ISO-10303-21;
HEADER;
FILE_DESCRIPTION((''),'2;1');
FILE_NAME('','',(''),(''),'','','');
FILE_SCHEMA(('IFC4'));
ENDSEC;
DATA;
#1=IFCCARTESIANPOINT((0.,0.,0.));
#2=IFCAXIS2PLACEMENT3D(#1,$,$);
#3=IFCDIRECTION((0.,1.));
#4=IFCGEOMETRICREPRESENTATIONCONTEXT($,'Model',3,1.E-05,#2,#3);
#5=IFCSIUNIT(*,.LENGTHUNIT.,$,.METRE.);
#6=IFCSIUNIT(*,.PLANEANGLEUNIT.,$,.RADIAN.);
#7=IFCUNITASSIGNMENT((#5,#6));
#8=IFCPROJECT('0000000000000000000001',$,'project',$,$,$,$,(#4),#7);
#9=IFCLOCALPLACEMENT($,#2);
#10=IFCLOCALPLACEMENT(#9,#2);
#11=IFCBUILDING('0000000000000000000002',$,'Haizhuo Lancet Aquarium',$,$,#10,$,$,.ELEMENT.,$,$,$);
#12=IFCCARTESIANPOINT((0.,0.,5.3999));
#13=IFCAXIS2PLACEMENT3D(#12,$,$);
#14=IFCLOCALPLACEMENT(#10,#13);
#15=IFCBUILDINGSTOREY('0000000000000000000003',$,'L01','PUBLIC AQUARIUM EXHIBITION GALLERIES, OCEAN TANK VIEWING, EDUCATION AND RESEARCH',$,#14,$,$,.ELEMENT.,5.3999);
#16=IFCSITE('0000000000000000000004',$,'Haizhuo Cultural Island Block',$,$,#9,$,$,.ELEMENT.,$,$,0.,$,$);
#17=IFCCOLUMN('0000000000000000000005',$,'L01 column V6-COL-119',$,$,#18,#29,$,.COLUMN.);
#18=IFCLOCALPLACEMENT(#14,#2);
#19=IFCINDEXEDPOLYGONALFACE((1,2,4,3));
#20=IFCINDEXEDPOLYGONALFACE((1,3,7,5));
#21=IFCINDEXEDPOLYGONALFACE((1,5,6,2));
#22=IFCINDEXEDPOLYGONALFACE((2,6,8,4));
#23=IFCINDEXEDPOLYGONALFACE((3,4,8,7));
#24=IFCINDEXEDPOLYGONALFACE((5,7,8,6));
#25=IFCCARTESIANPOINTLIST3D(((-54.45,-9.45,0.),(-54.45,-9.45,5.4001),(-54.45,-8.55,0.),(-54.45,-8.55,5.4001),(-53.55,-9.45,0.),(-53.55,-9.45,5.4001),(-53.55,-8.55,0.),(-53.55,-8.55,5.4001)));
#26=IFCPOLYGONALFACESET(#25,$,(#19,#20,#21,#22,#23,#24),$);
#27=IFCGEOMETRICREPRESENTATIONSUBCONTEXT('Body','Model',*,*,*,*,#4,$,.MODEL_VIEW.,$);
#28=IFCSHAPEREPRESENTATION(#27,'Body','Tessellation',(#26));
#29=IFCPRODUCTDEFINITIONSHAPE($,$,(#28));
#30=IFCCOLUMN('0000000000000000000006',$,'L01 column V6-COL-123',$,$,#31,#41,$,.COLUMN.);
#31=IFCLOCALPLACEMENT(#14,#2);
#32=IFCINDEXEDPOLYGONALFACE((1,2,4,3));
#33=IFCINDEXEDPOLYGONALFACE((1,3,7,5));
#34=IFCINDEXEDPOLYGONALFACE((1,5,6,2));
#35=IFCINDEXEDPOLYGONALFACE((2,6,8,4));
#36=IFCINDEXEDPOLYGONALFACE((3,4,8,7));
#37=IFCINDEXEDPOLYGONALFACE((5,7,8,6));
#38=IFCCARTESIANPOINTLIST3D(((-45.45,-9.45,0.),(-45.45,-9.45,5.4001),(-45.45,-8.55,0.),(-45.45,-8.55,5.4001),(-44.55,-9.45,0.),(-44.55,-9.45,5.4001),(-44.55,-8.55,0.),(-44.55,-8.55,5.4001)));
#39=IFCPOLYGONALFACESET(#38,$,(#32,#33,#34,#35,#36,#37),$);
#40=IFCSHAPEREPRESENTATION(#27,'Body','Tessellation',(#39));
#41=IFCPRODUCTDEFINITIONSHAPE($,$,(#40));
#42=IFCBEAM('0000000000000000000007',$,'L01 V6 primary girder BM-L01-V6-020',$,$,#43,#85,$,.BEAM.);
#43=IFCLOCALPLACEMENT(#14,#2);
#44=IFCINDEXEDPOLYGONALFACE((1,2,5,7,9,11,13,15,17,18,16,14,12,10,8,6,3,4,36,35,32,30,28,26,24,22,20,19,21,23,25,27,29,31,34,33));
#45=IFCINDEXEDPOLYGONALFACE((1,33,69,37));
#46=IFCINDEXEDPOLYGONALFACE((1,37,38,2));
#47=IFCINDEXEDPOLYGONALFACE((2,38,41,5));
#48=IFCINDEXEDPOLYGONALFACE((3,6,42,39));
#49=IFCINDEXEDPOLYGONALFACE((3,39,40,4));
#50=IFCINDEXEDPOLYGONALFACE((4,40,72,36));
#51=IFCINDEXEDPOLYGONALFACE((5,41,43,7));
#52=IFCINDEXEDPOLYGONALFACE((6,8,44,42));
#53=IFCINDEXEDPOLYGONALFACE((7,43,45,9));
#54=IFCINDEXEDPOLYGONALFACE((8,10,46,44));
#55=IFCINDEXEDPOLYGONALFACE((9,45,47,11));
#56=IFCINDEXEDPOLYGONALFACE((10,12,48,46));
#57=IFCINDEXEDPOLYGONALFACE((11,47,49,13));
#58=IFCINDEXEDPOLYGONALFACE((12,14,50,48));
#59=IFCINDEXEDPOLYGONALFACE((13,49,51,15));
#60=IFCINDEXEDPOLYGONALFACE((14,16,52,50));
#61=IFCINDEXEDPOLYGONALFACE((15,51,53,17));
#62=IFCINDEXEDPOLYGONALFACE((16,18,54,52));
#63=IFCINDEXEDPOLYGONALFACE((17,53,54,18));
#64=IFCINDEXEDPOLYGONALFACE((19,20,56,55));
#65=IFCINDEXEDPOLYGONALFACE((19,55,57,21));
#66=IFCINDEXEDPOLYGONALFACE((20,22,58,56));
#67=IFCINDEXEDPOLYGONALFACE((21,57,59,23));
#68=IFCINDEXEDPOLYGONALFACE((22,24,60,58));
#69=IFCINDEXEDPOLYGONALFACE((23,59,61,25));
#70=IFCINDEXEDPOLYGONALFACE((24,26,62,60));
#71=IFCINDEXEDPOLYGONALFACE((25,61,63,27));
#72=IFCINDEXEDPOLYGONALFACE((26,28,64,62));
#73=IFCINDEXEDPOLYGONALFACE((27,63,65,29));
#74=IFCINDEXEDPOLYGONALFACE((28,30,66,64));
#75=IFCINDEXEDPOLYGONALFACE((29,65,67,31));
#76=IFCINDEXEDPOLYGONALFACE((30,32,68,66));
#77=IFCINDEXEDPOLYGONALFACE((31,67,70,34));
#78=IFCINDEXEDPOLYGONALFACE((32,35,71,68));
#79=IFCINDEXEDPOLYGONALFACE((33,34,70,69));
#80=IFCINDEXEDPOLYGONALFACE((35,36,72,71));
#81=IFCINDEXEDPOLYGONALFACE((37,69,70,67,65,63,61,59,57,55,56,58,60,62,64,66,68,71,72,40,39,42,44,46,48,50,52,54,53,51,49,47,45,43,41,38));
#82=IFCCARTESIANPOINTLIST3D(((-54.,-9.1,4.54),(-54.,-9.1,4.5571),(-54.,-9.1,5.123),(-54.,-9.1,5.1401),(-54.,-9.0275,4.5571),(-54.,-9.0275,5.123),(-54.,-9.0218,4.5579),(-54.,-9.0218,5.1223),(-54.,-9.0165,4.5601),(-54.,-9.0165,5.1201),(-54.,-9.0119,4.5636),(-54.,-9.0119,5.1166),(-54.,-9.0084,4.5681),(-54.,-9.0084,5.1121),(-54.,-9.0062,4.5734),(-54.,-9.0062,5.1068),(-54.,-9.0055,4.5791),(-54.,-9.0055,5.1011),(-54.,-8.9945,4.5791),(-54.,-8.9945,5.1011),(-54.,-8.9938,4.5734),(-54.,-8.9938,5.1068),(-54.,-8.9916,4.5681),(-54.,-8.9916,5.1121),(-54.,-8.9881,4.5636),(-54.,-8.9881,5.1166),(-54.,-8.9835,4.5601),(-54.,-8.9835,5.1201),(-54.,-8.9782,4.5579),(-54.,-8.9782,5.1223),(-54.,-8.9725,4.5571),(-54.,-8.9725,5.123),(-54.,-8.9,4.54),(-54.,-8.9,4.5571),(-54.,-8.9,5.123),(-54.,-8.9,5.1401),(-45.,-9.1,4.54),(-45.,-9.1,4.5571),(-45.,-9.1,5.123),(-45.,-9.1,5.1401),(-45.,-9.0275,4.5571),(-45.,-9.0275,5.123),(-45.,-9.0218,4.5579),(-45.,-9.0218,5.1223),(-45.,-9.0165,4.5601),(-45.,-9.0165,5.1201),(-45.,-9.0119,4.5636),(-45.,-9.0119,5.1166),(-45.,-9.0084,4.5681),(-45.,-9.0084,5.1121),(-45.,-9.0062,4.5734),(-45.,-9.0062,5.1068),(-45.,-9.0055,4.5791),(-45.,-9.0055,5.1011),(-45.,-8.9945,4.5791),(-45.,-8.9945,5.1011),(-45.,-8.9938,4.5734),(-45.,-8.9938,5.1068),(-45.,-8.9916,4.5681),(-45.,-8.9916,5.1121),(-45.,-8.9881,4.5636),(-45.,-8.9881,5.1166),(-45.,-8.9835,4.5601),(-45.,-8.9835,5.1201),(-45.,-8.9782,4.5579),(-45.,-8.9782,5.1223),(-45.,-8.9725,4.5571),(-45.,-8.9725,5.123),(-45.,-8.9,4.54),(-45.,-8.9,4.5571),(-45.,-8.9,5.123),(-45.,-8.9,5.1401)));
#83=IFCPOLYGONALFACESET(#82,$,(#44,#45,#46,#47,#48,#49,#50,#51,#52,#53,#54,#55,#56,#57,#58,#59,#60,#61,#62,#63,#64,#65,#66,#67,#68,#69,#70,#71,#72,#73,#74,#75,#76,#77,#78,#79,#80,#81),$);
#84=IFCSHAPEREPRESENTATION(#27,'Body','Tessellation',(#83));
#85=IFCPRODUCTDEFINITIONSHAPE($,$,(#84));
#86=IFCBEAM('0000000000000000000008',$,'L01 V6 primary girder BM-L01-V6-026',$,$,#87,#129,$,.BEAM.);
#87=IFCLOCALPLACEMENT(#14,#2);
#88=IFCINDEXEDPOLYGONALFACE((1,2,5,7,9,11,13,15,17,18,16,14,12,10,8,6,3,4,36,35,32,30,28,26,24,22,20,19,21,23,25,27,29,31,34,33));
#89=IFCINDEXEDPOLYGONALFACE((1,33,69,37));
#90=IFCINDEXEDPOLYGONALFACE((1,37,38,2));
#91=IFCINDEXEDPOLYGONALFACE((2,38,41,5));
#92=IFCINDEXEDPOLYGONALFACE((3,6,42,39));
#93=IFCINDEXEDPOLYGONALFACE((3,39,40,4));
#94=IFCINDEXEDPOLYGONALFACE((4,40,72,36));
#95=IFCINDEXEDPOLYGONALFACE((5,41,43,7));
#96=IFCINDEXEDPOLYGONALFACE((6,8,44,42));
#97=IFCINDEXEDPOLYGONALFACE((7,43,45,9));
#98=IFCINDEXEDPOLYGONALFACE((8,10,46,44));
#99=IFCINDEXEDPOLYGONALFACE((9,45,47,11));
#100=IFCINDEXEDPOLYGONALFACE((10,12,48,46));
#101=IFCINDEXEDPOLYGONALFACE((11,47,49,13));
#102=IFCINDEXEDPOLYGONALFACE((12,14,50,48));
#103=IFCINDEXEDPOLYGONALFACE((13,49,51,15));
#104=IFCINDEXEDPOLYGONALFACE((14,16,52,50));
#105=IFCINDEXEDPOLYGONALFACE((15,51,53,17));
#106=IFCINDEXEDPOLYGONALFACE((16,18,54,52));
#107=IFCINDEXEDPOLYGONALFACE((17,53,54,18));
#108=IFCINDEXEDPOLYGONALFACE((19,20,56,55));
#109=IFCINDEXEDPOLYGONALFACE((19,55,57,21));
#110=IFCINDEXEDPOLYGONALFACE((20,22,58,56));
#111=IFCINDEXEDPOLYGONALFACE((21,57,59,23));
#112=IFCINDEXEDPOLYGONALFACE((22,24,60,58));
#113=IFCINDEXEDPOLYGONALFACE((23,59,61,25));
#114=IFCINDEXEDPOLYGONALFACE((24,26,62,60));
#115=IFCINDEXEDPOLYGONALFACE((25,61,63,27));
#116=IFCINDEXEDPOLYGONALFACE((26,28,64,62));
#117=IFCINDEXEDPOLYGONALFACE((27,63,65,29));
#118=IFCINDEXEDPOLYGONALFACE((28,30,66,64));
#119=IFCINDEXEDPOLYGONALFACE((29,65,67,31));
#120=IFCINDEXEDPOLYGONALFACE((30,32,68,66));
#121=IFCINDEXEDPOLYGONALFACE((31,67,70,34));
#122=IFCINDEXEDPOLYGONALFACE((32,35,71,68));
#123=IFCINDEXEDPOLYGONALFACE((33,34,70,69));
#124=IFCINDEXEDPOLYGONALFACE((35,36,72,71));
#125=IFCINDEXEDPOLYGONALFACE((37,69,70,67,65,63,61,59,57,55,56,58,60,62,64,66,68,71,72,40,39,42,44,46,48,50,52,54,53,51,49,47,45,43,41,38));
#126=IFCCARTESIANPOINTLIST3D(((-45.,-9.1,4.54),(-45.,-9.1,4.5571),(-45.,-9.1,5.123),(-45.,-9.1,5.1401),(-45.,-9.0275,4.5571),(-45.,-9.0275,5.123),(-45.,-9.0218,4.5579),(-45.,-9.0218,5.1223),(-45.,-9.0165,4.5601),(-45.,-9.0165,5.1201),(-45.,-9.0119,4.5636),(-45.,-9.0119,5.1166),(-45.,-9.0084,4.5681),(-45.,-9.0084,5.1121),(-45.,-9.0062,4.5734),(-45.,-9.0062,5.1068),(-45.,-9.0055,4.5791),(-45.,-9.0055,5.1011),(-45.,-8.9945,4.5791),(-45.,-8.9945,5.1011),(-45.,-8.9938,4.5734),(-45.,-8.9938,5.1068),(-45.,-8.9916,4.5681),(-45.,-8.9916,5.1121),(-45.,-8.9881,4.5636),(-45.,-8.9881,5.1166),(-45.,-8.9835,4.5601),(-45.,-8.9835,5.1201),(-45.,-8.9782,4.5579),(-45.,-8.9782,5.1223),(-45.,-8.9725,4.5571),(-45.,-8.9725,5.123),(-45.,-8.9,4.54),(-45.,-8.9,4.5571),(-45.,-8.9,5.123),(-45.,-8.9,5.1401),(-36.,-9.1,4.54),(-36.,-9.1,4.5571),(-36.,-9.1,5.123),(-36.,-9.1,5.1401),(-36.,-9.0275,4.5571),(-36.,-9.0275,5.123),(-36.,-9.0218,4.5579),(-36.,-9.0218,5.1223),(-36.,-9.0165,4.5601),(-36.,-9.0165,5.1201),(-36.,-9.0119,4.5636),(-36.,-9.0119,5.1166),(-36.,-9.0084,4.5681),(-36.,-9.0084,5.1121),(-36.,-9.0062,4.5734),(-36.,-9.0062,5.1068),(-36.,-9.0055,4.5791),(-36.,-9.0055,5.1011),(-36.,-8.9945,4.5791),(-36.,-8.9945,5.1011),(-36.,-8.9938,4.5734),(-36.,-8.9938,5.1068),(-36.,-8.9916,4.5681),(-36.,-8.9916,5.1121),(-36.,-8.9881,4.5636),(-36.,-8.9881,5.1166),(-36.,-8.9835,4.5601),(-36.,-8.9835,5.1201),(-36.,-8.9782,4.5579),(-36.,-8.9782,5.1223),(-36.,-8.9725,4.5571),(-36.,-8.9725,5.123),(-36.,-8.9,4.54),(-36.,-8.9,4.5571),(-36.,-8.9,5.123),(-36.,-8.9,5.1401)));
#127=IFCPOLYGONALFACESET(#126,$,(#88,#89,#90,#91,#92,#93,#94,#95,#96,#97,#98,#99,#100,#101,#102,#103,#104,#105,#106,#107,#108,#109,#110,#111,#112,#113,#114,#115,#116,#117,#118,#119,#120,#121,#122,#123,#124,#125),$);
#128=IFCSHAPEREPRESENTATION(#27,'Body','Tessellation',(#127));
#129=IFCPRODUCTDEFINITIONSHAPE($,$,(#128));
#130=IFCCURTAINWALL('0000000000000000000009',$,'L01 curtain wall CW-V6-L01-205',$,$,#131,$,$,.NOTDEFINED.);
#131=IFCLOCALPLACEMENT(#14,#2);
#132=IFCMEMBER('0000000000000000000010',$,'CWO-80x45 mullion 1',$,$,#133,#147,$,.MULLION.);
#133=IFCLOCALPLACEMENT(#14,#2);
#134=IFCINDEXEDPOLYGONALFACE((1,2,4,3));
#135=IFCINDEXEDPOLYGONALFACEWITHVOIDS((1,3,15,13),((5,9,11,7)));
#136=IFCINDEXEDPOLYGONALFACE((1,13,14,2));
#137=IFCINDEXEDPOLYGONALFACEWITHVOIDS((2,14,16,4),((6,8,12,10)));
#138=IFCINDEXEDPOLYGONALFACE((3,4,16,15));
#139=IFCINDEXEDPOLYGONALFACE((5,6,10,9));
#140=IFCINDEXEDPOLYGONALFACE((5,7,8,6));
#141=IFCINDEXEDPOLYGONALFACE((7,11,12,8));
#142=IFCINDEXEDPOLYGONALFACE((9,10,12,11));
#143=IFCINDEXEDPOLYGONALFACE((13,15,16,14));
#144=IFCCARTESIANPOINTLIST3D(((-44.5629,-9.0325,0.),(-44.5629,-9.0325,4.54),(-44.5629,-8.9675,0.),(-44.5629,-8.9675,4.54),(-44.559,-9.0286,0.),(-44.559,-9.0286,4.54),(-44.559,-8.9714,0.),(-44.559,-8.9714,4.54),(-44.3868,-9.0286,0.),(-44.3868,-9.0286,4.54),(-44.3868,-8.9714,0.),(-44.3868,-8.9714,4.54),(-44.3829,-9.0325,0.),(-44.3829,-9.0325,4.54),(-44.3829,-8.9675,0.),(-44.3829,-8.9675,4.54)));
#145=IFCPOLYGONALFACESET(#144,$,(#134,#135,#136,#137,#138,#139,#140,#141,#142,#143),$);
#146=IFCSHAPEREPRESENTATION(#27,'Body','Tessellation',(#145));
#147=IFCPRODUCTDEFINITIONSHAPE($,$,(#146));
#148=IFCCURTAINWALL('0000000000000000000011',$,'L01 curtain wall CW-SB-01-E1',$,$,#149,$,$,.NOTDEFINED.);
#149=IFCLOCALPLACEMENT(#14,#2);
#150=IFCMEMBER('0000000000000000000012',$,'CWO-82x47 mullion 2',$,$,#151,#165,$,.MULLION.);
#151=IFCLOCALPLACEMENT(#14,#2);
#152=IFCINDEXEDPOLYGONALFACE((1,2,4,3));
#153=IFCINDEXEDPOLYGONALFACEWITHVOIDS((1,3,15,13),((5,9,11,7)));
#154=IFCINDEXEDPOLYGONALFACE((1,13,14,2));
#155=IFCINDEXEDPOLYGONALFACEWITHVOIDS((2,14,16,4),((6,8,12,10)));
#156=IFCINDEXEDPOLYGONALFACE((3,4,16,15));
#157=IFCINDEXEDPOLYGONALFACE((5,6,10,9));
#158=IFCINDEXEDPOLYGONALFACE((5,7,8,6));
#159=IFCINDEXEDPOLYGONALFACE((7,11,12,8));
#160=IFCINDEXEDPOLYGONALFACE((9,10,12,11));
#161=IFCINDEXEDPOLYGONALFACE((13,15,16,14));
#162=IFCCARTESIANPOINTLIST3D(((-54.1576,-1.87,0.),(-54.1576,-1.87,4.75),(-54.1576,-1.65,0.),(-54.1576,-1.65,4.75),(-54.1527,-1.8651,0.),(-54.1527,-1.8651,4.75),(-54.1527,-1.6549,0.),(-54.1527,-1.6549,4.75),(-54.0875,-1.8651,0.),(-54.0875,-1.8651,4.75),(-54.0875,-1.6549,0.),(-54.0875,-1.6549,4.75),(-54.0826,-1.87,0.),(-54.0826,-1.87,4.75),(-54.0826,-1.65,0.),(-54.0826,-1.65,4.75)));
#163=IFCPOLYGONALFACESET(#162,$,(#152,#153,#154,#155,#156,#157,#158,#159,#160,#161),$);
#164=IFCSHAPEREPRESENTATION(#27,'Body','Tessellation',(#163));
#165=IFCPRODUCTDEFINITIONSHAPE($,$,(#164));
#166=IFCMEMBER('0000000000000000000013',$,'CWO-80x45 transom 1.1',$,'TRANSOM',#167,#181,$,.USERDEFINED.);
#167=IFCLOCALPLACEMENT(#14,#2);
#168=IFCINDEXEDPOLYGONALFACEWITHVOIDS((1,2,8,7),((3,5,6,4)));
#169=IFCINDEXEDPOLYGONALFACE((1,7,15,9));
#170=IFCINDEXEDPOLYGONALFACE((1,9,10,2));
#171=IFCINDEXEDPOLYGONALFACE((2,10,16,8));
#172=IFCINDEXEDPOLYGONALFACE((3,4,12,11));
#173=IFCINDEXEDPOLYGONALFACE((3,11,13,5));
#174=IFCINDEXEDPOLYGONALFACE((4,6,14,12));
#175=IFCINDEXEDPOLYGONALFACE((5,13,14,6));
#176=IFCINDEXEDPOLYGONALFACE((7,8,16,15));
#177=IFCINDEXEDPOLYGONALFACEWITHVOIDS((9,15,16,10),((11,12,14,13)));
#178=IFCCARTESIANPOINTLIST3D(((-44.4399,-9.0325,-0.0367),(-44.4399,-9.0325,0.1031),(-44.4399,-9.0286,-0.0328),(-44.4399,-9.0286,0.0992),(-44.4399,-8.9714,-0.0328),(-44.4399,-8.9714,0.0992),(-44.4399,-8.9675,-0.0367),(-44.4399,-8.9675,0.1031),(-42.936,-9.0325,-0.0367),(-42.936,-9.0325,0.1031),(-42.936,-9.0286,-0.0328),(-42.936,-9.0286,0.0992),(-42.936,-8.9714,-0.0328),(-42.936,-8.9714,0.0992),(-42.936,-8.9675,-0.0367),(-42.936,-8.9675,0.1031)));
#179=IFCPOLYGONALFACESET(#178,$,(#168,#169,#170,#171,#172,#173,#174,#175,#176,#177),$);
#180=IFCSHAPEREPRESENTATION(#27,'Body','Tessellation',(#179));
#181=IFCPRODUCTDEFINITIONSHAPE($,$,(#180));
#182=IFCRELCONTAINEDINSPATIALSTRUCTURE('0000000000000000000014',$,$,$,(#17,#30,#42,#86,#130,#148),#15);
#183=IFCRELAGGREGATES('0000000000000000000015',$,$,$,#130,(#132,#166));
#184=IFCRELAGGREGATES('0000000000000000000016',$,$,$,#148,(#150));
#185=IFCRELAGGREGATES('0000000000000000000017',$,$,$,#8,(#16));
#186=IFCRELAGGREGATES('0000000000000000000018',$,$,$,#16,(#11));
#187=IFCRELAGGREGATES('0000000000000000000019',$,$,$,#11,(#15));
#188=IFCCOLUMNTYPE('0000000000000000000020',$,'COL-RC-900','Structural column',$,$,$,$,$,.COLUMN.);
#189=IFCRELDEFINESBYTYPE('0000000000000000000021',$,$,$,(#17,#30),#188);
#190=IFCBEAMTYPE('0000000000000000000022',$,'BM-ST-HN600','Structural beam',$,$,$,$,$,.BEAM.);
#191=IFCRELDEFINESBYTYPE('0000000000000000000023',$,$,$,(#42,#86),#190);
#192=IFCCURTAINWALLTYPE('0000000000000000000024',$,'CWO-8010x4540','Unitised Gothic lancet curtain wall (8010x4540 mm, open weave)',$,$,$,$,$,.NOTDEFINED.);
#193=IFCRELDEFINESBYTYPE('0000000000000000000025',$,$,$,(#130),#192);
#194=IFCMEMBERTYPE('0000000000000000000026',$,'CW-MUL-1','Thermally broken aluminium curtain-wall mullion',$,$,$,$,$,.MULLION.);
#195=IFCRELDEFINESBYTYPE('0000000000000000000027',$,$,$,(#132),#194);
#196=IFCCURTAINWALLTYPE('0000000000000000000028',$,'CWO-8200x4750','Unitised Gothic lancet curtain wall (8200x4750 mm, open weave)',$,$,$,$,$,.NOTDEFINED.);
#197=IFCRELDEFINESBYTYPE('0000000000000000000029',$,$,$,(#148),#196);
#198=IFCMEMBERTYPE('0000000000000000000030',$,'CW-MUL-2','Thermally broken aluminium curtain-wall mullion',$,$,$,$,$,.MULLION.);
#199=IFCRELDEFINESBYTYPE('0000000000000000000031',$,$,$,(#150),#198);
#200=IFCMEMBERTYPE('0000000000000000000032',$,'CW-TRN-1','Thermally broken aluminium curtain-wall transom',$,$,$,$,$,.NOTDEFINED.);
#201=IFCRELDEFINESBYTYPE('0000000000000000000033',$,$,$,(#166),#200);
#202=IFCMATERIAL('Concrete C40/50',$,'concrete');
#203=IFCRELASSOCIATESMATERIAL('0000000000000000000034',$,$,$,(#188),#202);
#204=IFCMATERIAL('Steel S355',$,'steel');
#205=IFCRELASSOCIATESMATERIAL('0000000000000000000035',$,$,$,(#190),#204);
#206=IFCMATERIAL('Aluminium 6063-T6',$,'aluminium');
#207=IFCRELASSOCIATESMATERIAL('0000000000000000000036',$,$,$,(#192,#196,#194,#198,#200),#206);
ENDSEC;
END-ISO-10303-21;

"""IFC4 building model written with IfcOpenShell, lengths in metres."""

from ifc_helpers import new_model, si_unit, direction, frame, origin, origin_2d, place, context, subcontext, project, spatial, rectangle, hollow_rectangle, i_section, extrude, material, material_profile, profile_set, type_object, element, aggregate, save


model = new_model("IFC4")

# Units and contexts
model_context = context("Model", 3, precision=1e-05, world=origin(), true_north=direction((0.0, 1.0)))
body_context = subcontext(model_context, "Body", "Model", "MODEL_VIEW")
ifc_project = project(units=[si_unit("LENGTHUNIT", "METRE"), si_unit("PLANEANGLEUNIT", "RADIAN")], contexts=[model_context])

# Site, building, storey
site_placement = place(None, origin())
site = spatial("IfcSite", under=ifc_project, at=site_placement, Name="Haizhuo Cultural Island Block", CompositionType="ELEMENT", RefElevation=0.0)
building_placement = place(site_placement, origin())
building = spatial("IfcBuilding", under=site, at=building_placement, Name="Haizhuo Lancet Aquarium", CompositionType="ELEMENT")
storey_placement = place(building_placement, frame((0.0, 0.0, 5.3999)))
storey = spatial("IfcBuildingStorey", under=building, at=storey_placement, Name="L01", Description="PUBLIC AQUARIUM EXHIBITION GALLERIES, OCEAN TANK VIEWING, EDUCATION AND RESEARCH", CompositionType="ELEMENT", Elevation=5.3999)

# Columns
ifc_material_1 = material(Name="Concrete C40/50", Category="concrete")
ifc_material_profile_1 = material_profile(ifc_material_1, rectangle(XDim=0.8999, YDim=0.8999, at=origin_2d()), Name="RC-COL 900x900")
ifc_profile_set_1 = profile_set([ifc_material_profile_1], Name="Concrete C40/50")
column_type = type_object("IfcColumnType", Name="COL-RC-900", Description="Structural column", PredefinedType="COLUMN", material=ifc_profile_set_1)
for number, where, z_axis, x_axis, name in (
    (1, (-54.0, -9.0, 0.0), (0.0, 0.0, 1.0), (1.0, 0.0, 0.0), "L01 column V6-COL-119"),
    (2, (-45.0, -9.0, 0.0), (0.0, 0.0, 1.0), (1.0, 0.0, 0.0), "L01 column V6-COL-123"),
):
    element("IfcColumn", number, at=place(storey_placement, frame(where, z_axis=z_axis, x_axis=x_axis)), inside=storey, type_object=column_type, Name=name, PredefinedType="COLUMN", context=body_context, shape_type="SweptSolid", body=[
        extrude(rectangle(XDim=0.8999, YDim=0.8999, at=origin_2d()), origin(), (0.0, 0.0, 1.0), 5.4001),
    ])

# Beams
ifc_material_2 = material(Name="Steel S355", Category="steel")
ifc_material_profile_2 = material_profile(ifc_material_2, i_section(OverallWidth=0.2, OverallDepth=0.6001, WebThickness=0.011, FlangeThickness=0.0171, FilletRadius=0.022, at=origin_2d()), Name="HN 600x200x11x17")
ifc_profile_set_2 = profile_set([ifc_material_profile_2], Name="Steel S355")
beam_type_1 = type_object("IfcBeamType", Name="BM-ST-HN600", Description="Structural beam", PredefinedType="BEAM", material=ifc_profile_set_2)
for number, where, z_axis, x_axis, name in (
    (3, (-54.0, -9.0, 4.8401), (1.0, 0.0, 0.0), (0.0, 1.0, 0.0), "L01 V6 primary girder BM-L01-V6-020"),
    (4, (-45.0, -9.0, 4.8401), (1.0, 0.0, 0.0), (0.0, 1.0, 0.0), "L01 V6 primary girder BM-L01-V6-026"),
):
    element("IfcBeam", number, at=place(storey_placement, frame(where, z_axis=z_axis, x_axis=x_axis)), inside=storey, type_object=beam_type_1, Name=name, PredefinedType="BEAM", context=body_context, shape_type="SweptSolid", body=[
        extrude(i_section(OverallWidth=0.2, OverallDepth=0.6001, WebThickness=0.011, FlangeThickness=0.0171, FilletRadius=0.022, at=origin_2d()), origin(), (0.0, 0.0, 1.0), 9.0),
    ])

# Curtain walls, members
ifc_material_3 = material(Name="Aluminium 6063-T6", Category="aluminium")
curtain_wall_type_1 = type_object("IfcCurtainWallType", Name="CWO-8010x4540", Description="Unitised Gothic lancet curtain wall (8010x4540 mm, open weave)", PredefinedType="NOTDEFINED", material=ifc_material_3)
curtain_wall_1_placement = place(storey_placement, origin())
curtain_wall_1 = element("IfcCurtainWall", 5, at=curtain_wall_1_placement, inside=storey, type_object=curtain_wall_type_1, Name="L01 curtain wall CW-V6-L01-205", PredefinedType="NOTDEFINED")
ifc_material_profile_3 = material_profile(ifc_material_3, hollow_rectangle(XDim=0.0649, YDim=0.1799, WallThickness=0.0039, at=origin_2d()), Name="ALU-M 65x180x4")
ifc_profile_set_3 = profile_set([ifc_material_profile_3], Name="Aluminium 6063-T6")
member_type_1 = type_object("IfcMemberType", Name="CW-MUL-1", Description="Thermally broken aluminium curtain-wall mullion", PredefinedType="MULLION", material=ifc_profile_set_3)
member_1_placement = place(storey_placement, frame((-44.4729, -9.0, 0.0), z_axis=(0.0, 0.0, 1.0), x_axis=(0.0, 1.0, 0.0)))
member_1 = element("IfcMember", 6, at=member_1_placement, type_object=member_type_1, Name="CWO-80x45 mullion 1", PredefinedType="MULLION", context=body_context, shape_type="SweptSolid", body=[
    extrude(hollow_rectangle(XDim=0.0649, YDim=0.1799, WallThickness=0.0039, at=origin_2d()), origin(), (0.0, 0.0, 1.0), 4.54),
])
curtain_wall_type_2 = type_object("IfcCurtainWallType", Name="CWO-8200x4750", Description="Unitised Gothic lancet curtain wall (8200x4750 mm, open weave)", PredefinedType="NOTDEFINED", material=ifc_material_3)
curtain_wall_2_placement = place(storey_placement, origin())
curtain_wall_2 = element("IfcCurtainWall", 7, at=curtain_wall_2_placement, inside=storey, type_object=curtain_wall_type_2, Name="L01 curtain wall CW-SB-01-E1", PredefinedType="NOTDEFINED")
ifc_material_profile_4 = material_profile(ifc_material_3, hollow_rectangle(XDim=0.075, YDim=0.22, WallThickness=0.0049, at=origin_2d()), Name="ALU-M 75x220x5")
ifc_profile_set_4 = profile_set([ifc_material_profile_4], Name="Aluminium 6063-T6")
member_type_2 = type_object("IfcMemberType", Name="CW-MUL-2", Description="Thermally broken aluminium curtain-wall mullion", PredefinedType="MULLION", material=ifc_profile_set_4)
member_2_placement = place(storey_placement, frame((-54.1201, -1.76, 0.0), z_axis=(0.0, 0.0, 1.0), x_axis=(1.0, 0.0, 0.0)))
member_2 = element("IfcMember", 8, at=member_2_placement, type_object=member_type_2, Name="CWO-82x47 mullion 2", PredefinedType="MULLION", context=body_context, shape_type="SweptSolid", body=[
    extrude(hollow_rectangle(XDim=0.075, YDim=0.22, WallThickness=0.0049, at=origin_2d()), origin(), (0.0, 0.0, 1.0), 4.75),
])

# Member
ifc_material_profile_5 = material_profile(ifc_material_3, hollow_rectangle(XDim=0.0649, YDim=0.1399, WallThickness=0.0039, at=origin_2d()), Name="ALU-T 65x140x4")
ifc_profile_set_5 = profile_set([ifc_material_profile_5], Name="Aluminium 6063-T6")
member_type_3 = type_object("IfcMemberType", Name="CW-TRN-1", Description="Thermally broken aluminium curtain-wall transom", PredefinedType="NOTDEFINED", material=ifc_profile_set_5)
member_3_placement = place(storey_placement, frame((-44.4399, -9.0, 0.0332), z_axis=(1.0, 0.0, 0.0), x_axis=(0.0, 1.0, 0.0)))
member_3 = element("IfcMember", 9, at=member_3_placement, type_object=member_type_3, Name="CWO-80x45 transom 1.1", ObjectType="TRANSOM", PredefinedType="USERDEFINED", context=body_context, shape_type="SweptSolid", body=[
    extrude(hollow_rectangle(XDim=0.0649, YDim=0.1399, WallThickness=0.0039, at=origin_2d()), origin(), (0.0, 0.0, 1.0), 1.5039),
])
aggregate(curtain_wall_1, [member_1, member_3])

aggregate(curtain_wall_2, [member_2])

save(model, "model.ifc")
